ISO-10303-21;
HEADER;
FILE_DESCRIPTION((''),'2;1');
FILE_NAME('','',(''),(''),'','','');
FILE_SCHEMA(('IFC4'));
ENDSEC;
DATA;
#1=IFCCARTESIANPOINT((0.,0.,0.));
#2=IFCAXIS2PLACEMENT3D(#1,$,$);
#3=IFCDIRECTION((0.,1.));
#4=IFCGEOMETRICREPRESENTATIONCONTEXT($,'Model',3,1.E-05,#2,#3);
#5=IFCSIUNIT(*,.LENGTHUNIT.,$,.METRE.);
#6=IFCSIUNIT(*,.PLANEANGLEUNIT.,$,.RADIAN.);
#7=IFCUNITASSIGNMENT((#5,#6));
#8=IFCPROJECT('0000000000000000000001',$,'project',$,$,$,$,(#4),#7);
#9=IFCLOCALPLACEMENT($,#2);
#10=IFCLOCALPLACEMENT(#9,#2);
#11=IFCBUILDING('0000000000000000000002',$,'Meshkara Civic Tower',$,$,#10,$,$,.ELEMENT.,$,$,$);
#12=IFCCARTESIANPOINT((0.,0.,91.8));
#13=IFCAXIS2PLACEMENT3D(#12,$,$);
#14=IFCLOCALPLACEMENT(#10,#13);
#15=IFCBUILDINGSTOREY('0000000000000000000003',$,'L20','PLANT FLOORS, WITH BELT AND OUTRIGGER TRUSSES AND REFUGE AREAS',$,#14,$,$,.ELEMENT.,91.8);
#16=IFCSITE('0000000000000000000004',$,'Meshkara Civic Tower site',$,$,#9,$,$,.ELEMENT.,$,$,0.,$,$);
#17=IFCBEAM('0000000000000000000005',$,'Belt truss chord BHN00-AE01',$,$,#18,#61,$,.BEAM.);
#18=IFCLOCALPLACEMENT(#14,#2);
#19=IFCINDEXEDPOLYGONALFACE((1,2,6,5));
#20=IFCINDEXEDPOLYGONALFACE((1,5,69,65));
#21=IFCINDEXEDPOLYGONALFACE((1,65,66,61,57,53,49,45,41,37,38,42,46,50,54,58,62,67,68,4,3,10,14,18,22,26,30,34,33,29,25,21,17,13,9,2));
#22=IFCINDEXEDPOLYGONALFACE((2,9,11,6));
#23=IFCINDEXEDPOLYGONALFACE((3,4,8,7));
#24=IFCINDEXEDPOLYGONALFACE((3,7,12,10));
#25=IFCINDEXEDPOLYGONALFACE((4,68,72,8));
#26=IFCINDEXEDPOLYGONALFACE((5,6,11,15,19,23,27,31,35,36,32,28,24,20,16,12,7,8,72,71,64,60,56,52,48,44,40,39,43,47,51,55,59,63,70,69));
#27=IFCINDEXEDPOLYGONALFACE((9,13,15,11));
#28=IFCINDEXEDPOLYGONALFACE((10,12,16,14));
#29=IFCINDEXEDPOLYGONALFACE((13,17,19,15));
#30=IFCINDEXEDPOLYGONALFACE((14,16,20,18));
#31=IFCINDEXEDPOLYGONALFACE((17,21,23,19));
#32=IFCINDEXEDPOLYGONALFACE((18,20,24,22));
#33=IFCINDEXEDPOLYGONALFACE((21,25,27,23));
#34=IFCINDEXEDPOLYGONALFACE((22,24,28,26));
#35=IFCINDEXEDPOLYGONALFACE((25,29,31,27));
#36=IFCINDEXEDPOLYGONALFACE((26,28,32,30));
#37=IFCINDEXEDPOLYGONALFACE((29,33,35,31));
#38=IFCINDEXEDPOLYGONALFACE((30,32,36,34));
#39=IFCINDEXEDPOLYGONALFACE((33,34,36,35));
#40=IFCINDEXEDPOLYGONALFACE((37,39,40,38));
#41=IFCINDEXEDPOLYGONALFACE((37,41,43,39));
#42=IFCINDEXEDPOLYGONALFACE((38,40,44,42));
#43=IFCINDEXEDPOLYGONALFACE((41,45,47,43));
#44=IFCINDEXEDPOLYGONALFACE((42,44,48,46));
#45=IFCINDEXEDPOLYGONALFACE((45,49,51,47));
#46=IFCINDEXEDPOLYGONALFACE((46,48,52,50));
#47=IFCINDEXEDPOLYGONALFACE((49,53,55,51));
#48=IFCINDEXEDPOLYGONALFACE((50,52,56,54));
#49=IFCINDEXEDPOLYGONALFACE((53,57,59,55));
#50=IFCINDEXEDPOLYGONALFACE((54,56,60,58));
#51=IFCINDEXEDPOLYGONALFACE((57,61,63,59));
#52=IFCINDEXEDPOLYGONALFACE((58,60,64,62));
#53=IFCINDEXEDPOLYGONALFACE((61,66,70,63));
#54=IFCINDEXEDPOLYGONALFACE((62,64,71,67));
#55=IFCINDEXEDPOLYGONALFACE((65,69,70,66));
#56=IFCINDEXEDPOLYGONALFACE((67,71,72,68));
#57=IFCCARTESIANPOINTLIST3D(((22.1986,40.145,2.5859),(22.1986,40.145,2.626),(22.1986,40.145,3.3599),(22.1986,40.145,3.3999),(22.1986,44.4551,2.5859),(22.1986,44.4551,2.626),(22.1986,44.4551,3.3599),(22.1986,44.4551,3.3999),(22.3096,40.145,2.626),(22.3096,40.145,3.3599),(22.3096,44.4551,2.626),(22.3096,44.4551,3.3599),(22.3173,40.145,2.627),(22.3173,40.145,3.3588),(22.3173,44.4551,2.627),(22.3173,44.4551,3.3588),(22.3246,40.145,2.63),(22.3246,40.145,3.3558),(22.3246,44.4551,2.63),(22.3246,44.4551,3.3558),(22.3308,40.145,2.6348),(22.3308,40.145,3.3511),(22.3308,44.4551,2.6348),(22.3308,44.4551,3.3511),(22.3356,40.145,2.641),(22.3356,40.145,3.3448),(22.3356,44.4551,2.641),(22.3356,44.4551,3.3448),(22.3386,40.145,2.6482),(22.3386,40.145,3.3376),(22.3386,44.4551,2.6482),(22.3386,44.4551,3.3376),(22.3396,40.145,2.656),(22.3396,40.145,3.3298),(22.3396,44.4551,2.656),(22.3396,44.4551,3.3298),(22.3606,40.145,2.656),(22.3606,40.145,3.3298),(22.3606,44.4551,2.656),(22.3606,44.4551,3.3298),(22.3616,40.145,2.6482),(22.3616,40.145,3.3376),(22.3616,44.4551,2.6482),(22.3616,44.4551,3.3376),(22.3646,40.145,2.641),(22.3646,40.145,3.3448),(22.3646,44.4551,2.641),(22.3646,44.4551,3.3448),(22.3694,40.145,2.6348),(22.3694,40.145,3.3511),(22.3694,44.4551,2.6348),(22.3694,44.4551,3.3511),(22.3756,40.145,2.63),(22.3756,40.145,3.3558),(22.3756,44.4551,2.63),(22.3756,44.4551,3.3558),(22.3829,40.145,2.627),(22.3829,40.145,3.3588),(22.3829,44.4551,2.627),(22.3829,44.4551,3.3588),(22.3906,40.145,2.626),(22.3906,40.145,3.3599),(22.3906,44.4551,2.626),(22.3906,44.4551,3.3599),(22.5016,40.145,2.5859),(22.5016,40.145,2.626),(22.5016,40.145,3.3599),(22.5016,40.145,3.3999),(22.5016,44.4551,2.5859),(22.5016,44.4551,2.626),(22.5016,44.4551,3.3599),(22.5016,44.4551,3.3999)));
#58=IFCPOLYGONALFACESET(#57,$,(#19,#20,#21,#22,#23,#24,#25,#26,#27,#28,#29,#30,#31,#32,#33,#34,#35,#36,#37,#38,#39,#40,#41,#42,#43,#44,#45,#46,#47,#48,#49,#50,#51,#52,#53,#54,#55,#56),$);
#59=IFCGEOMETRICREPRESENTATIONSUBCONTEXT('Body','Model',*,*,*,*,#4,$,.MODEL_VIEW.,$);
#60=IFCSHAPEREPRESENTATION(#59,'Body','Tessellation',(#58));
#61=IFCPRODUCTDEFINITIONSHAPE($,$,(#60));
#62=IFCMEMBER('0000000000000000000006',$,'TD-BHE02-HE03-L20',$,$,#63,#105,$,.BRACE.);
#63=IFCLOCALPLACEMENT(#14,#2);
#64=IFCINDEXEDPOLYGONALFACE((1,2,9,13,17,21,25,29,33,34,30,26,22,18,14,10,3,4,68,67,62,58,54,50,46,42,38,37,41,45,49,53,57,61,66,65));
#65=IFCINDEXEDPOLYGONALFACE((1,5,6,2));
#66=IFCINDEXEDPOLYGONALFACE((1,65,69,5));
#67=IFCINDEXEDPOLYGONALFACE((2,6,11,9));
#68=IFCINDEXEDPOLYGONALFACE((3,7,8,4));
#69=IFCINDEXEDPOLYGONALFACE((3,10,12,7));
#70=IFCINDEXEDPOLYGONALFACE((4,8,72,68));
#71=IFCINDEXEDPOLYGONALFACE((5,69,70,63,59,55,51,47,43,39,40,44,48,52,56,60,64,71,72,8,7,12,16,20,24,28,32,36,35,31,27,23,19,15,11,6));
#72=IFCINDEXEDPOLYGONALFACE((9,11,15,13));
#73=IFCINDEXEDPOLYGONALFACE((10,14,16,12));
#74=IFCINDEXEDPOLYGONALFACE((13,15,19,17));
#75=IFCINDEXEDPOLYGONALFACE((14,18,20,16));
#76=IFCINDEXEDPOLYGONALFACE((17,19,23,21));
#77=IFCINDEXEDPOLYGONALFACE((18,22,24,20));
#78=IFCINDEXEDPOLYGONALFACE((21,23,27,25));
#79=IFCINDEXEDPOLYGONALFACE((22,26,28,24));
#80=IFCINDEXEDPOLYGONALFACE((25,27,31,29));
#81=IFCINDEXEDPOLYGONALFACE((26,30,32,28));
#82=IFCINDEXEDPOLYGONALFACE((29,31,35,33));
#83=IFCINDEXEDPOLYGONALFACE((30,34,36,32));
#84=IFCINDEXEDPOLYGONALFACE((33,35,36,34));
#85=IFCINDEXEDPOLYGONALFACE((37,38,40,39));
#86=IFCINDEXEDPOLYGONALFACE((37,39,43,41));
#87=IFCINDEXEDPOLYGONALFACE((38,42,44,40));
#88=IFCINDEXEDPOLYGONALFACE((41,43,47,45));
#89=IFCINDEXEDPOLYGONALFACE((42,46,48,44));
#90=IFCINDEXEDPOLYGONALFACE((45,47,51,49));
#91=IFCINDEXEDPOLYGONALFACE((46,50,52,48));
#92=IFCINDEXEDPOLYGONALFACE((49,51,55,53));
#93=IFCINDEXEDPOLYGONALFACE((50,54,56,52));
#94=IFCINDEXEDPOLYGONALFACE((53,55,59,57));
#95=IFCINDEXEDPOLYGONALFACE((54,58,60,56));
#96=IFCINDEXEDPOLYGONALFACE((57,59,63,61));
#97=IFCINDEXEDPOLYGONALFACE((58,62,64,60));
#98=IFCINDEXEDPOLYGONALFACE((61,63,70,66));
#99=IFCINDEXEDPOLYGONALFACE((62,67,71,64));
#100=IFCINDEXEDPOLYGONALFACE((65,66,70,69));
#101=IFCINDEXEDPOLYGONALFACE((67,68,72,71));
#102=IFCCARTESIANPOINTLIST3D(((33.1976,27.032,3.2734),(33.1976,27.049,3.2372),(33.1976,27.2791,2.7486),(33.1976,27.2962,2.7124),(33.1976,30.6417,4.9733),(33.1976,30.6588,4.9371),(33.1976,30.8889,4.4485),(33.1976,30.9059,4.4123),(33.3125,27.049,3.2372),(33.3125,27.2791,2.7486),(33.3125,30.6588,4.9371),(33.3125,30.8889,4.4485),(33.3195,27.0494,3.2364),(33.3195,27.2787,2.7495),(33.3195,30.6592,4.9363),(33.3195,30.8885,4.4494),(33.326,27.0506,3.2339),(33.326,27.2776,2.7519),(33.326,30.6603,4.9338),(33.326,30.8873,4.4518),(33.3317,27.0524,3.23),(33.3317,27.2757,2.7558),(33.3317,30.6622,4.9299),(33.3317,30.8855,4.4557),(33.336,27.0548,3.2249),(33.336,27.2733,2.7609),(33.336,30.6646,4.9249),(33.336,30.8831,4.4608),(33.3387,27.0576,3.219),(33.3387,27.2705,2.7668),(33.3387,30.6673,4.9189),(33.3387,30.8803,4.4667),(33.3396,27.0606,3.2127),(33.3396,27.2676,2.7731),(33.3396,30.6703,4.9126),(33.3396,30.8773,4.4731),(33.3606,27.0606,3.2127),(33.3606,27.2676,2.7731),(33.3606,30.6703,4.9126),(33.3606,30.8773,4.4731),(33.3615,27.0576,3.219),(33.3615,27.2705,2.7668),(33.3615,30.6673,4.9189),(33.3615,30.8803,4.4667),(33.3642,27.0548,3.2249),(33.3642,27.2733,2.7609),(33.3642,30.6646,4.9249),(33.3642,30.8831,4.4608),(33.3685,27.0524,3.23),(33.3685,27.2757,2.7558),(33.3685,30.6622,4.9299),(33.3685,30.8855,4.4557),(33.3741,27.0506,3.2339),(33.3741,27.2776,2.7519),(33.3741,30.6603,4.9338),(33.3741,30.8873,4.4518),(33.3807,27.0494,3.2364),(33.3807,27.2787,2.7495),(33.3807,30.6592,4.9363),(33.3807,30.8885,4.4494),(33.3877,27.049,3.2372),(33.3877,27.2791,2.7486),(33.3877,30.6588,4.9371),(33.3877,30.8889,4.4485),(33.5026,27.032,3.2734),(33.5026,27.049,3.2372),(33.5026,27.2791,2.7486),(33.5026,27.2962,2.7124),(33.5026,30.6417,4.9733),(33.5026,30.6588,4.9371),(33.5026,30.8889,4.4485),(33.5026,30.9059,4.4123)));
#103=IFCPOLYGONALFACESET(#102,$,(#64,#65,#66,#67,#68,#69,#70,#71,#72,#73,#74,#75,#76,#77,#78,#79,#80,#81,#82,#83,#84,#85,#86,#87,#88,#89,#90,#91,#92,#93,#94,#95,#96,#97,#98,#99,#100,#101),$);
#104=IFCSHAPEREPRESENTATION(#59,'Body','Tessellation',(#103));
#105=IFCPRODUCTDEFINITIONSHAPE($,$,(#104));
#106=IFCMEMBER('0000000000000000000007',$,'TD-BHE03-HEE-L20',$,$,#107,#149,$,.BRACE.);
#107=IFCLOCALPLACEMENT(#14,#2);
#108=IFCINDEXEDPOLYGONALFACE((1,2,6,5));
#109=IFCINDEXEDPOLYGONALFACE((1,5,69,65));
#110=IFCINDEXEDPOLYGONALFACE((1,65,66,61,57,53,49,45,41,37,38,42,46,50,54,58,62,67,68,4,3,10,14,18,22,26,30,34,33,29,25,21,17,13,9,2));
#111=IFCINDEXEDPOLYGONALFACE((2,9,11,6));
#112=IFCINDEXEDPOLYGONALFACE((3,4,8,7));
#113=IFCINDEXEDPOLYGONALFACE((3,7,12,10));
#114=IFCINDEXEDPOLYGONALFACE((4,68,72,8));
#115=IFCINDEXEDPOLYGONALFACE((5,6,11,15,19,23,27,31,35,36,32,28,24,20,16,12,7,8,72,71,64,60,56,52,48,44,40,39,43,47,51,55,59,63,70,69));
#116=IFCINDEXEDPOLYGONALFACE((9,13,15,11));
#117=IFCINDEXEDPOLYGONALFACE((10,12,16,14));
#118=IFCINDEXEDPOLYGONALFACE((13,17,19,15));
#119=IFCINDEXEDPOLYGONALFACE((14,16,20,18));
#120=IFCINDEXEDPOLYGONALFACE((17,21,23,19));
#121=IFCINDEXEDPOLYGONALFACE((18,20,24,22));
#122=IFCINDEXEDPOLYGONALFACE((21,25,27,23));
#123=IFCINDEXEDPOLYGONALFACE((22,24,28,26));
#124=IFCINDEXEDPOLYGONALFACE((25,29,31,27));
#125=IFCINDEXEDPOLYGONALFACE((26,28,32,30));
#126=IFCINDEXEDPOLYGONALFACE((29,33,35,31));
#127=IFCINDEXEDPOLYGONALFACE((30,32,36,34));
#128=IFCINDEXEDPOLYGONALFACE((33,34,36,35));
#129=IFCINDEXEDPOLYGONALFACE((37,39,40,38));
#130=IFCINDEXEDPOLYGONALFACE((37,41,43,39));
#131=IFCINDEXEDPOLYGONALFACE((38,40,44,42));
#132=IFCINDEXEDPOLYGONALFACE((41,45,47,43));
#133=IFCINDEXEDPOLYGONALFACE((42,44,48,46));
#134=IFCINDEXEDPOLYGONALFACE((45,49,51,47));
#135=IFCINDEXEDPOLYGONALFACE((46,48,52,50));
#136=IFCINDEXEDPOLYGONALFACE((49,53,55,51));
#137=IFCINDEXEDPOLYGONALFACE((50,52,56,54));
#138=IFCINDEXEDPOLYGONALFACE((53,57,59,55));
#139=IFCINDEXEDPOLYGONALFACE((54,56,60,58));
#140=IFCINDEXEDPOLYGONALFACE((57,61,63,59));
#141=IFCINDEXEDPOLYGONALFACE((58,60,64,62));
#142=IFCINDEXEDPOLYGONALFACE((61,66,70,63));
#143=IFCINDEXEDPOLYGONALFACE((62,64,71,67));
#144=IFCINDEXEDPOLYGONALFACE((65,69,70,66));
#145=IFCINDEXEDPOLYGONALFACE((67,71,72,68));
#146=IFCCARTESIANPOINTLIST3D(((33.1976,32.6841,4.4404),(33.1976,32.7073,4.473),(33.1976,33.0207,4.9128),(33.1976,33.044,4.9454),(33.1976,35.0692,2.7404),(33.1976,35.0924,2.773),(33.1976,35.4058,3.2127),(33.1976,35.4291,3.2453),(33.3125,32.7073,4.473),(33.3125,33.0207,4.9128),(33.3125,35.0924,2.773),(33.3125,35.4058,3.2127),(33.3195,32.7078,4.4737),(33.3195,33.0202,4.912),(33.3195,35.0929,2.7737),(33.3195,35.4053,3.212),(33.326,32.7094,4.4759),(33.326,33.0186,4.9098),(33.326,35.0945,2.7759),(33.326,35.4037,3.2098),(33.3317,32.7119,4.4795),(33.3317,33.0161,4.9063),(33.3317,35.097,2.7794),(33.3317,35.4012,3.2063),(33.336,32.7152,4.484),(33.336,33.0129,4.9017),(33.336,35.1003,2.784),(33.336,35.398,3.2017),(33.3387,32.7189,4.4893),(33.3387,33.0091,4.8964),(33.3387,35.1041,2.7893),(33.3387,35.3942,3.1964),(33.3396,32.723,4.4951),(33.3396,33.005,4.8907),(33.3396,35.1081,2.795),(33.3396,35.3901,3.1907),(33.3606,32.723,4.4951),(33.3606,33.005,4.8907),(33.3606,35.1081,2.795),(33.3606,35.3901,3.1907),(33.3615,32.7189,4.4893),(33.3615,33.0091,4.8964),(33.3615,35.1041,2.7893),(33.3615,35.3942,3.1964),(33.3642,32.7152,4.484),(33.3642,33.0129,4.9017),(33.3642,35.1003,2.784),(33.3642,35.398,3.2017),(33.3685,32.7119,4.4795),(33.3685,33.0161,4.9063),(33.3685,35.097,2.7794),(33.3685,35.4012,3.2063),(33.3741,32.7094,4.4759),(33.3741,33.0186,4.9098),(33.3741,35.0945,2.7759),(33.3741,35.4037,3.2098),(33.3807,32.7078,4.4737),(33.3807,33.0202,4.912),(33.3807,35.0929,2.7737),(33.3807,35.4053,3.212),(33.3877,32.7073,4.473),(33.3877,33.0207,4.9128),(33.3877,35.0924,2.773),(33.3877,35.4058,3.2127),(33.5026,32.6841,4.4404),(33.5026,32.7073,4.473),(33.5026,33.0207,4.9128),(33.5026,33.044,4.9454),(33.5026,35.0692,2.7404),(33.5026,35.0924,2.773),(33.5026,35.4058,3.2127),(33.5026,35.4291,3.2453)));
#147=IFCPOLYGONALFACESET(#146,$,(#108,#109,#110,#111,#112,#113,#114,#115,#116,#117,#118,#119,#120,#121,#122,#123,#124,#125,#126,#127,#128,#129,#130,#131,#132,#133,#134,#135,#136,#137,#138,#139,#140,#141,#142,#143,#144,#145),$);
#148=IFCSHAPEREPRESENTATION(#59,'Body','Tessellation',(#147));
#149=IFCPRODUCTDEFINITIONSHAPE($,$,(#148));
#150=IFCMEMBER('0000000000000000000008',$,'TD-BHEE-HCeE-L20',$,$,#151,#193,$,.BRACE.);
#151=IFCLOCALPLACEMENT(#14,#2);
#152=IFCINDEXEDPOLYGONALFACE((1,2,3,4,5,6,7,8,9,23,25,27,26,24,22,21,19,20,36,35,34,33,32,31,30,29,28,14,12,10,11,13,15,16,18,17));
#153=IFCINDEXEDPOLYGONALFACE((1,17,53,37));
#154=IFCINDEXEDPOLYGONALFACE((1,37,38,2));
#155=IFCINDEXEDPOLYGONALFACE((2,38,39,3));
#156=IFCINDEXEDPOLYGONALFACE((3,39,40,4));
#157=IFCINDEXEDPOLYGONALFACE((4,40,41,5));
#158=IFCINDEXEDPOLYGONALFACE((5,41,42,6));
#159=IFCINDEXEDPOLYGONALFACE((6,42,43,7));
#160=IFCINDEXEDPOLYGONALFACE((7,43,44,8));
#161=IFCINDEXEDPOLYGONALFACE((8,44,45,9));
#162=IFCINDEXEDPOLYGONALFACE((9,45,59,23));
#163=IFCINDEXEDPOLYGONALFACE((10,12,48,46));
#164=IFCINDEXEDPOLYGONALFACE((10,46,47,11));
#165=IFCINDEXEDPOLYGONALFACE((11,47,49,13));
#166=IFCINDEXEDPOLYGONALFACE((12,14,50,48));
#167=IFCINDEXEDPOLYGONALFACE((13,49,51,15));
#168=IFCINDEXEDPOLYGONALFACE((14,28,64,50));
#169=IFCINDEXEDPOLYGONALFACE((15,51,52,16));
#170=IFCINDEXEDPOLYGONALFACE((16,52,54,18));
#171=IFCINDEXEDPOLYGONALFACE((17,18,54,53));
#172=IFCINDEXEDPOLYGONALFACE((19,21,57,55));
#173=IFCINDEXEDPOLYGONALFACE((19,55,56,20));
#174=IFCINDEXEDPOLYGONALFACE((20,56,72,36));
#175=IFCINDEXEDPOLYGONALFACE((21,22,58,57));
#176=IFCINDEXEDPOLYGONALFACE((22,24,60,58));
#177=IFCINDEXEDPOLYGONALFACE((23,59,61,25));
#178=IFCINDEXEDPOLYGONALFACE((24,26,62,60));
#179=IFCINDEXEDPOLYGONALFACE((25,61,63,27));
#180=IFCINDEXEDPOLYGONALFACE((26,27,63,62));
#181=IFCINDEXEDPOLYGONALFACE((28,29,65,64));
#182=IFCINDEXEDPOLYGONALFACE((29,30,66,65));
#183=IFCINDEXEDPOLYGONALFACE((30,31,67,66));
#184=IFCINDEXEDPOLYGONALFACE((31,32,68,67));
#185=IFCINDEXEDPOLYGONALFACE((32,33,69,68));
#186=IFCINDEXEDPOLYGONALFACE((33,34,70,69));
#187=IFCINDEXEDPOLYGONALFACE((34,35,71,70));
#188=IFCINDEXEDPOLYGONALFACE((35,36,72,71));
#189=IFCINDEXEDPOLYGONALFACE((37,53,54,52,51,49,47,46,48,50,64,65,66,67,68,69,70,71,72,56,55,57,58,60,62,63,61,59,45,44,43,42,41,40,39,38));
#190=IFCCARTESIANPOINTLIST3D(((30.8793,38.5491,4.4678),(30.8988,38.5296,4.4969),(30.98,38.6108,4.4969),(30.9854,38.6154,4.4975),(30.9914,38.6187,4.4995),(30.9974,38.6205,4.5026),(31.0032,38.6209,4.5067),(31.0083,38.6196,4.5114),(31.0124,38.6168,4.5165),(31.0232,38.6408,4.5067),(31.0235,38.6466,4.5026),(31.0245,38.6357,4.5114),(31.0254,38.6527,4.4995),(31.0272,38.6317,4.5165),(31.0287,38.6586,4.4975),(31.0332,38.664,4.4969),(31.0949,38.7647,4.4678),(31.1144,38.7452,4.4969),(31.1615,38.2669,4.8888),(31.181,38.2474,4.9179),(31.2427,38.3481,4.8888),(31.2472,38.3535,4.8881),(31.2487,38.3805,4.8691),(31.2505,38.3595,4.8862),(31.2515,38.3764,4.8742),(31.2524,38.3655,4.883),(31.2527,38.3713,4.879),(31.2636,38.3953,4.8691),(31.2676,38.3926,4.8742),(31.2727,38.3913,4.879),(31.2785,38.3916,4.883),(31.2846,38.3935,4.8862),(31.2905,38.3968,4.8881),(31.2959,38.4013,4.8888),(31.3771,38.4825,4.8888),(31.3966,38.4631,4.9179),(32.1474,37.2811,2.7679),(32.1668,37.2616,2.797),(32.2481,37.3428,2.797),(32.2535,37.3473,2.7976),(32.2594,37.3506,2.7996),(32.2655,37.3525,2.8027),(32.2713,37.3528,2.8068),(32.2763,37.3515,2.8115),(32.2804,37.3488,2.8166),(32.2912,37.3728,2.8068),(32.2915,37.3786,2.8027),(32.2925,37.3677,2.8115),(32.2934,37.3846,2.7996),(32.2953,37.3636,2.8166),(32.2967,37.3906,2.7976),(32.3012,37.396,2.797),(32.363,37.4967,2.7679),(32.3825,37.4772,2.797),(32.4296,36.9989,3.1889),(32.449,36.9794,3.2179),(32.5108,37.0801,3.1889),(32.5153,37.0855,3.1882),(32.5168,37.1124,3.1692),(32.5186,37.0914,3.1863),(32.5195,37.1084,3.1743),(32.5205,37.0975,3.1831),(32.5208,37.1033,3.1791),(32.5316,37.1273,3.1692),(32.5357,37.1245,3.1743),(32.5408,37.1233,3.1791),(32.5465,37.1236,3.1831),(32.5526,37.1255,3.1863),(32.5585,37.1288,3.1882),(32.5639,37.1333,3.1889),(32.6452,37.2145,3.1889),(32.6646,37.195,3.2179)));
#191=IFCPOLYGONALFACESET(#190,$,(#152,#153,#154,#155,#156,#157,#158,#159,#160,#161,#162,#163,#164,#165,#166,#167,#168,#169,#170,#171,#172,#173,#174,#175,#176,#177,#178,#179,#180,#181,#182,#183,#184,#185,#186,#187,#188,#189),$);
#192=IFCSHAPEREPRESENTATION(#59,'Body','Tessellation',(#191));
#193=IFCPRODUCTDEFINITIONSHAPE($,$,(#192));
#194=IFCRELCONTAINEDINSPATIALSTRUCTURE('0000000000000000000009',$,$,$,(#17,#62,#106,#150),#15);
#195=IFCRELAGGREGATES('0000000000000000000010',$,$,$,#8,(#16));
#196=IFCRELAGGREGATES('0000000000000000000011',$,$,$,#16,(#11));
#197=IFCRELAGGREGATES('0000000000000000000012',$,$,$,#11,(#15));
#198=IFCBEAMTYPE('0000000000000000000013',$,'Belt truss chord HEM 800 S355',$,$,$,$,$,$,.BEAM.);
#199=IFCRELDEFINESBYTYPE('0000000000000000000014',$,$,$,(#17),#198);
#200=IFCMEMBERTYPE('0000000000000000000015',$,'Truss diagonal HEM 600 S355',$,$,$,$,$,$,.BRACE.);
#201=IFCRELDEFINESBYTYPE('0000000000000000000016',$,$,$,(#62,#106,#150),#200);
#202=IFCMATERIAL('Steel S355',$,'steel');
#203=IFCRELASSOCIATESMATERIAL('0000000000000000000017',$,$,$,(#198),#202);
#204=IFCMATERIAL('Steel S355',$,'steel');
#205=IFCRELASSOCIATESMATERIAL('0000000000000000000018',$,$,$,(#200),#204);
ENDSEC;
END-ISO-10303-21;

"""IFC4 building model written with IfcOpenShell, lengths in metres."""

from ifc_helpers import new_model, si_unit, direction, frame, origin, origin_2d, place, context, subcontext, project, spatial, i_section, extrude, material, material_profile, profile_set, type_object, element, save


model = new_model("IFC4")

# Units and contexts
model_context = context("Model", 3, precision=1e-05, world=origin(), true_north=direction((0.0, 1.0)))
body_context = subcontext(model_context, "Body", "Model", "MODEL_VIEW")
ifc_project = project(units=[si_unit("LENGTHUNIT", "METRE"), si_unit("PLANEANGLEUNIT", "RADIAN")], contexts=[model_context])

# Site, building, storey
site_placement = place(None, origin())
site = spatial("IfcSite", under=ifc_project, at=site_placement, Name="Meshkara Civic Tower site", CompositionType="ELEMENT", RefElevation=0.0)
building_placement = place(site_placement, origin())
building = spatial("IfcBuilding", under=site, at=building_placement, Name="Meshkara Civic Tower", CompositionType="ELEMENT")
storey_placement = place(building_placement, frame((0.0, 0.0, 91.8)))
storey = spatial("IfcBuildingStorey", under=building, at=storey_placement, Name="L20", Description="PLANT FLOORS, WITH BELT AND OUTRIGGER TRUSSES AND REFUGE AREAS", CompositionType="ELEMENT", Elevation=91.8)

# Beam
ifc_material_1 = material(Name="Steel S355", Category="steel")
ifc_material_profile_1 = material_profile(ifc_material_1, i_section(OverallWidth=0.303, OverallDepth=0.814, WebThickness=0.021, FlangeThickness=0.04, FilletRadius=0.03, at=origin_2d()))
ifc_profile_set_1 = profile_set([ifc_material_profile_1], Name="Steel S355")
beam_type = type_object("IfcBeamType", Name="Belt truss chord HEM 800 S355", PredefinedType="BEAM", material=ifc_profile_set_1)
for number, where, z_axis, x_axis, name in (
    (1, (22.3501, 40.145, 2.9929), (0.0, 1.0, 0.0), (-1.0, 0.0, 0.0), "Belt truss chord BHN00-AE01"),
):
    element("IfcBeam", number, at=place(storey_placement, frame(where, z_axis=z_axis, x_axis=x_axis)), inside=storey, type_object=beam_type, Name=name, PredefinedType="BEAM", context=body_context, shape_type="SweptSolid", body=[
        extrude(i_section(OverallWidth=0.303, OverallDepth=0.814, WebThickness=0.021, FlangeThickness=0.04, FilletRadius=0.03, at=origin_2d()), origin(), (0.0, 0.0, 1.0), 4.3101),
    ])

# Members
ifc_material_2 = material(Name="Steel S355", Category="steel")
ifc_material_profile_2 = material_profile(ifc_material_2, i_section(OverallWidth=0.3049, OverallDepth=0.6201, WebThickness=0.021, FlangeThickness=0.04, FilletRadius=0.0271, at=origin_2d()))
ifc_profile_set_2 = profile_set([ifc_material_profile_2], Name="Steel S355")
member_type = type_object("IfcMemberType", Name="Truss diagonal HEM 600 S355", PredefinedType="BRACE", material=ifc_profile_set_2)
member_1_placement = place(storey_placement, frame((33.3501, 27.1641, 2.9929), z_axis=(0.0, 0.904704, 0.426042), x_axis=(-1.0, 0.0, 0.0)))
element("IfcMember", 2, at=member_1_placement, inside=storey, type_object=member_type, Name="TD-BHE02-HE03-L20", PredefinedType="BRACE", context=body_context, shape_type="SweptSolid", body=[
    extrude(i_section(OverallWidth=0.3049, OverallDepth=0.6201, WebThickness=0.021, FlangeThickness=0.04, FilletRadius=0.0271, at=origin_2d()), origin(), (0.0, 0.0, 1.0), 3.99),
])
member_2_placement = place(storey_placement, frame((33.3501, 32.864, 4.6929), z_axis=(0.0, 0.814319, -0.580418), x_axis=(-1.0, 0.0, 0.0)))
element("IfcMember", 3, at=member_2_placement, inside=storey, type_object=member_type, Name="TD-BHE03-HEE-L20", PredefinedType="BRACE", context=body_context, shape_type="SweptSolid", body=[
    extrude(i_section(OverallWidth=0.3049, OverallDepth=0.6201, WebThickness=0.021, FlangeThickness=0.04, FilletRadius=0.0271, at=origin_2d()), origin(), (0.0, 0.0, 1.0), 2.929),
])
member_3_placement = place(storey_placement, frame((32.406, 37.238, 2.9929), z_axis=(-0.51318, 0.51318, 0.687962), x_axis=(-0.707107, -0.707107, 0.0)))
element("IfcMember", 4, at=member_3_placement, inside=storey, type_object=member_type, Name="TD-BHEE-HCeE-L20", PredefinedType="BRACE", context=body_context, shape_type="SweptSolid", body=[
    extrude(i_section(OverallWidth=0.3049, OverallDepth=0.6201, WebThickness=0.021, FlangeThickness=0.04, FilletRadius=0.0271, at=origin_2d()), origin(), (0.0, 0.0, 1.0), 2.4709),
])

save(model, "model.ifc")
